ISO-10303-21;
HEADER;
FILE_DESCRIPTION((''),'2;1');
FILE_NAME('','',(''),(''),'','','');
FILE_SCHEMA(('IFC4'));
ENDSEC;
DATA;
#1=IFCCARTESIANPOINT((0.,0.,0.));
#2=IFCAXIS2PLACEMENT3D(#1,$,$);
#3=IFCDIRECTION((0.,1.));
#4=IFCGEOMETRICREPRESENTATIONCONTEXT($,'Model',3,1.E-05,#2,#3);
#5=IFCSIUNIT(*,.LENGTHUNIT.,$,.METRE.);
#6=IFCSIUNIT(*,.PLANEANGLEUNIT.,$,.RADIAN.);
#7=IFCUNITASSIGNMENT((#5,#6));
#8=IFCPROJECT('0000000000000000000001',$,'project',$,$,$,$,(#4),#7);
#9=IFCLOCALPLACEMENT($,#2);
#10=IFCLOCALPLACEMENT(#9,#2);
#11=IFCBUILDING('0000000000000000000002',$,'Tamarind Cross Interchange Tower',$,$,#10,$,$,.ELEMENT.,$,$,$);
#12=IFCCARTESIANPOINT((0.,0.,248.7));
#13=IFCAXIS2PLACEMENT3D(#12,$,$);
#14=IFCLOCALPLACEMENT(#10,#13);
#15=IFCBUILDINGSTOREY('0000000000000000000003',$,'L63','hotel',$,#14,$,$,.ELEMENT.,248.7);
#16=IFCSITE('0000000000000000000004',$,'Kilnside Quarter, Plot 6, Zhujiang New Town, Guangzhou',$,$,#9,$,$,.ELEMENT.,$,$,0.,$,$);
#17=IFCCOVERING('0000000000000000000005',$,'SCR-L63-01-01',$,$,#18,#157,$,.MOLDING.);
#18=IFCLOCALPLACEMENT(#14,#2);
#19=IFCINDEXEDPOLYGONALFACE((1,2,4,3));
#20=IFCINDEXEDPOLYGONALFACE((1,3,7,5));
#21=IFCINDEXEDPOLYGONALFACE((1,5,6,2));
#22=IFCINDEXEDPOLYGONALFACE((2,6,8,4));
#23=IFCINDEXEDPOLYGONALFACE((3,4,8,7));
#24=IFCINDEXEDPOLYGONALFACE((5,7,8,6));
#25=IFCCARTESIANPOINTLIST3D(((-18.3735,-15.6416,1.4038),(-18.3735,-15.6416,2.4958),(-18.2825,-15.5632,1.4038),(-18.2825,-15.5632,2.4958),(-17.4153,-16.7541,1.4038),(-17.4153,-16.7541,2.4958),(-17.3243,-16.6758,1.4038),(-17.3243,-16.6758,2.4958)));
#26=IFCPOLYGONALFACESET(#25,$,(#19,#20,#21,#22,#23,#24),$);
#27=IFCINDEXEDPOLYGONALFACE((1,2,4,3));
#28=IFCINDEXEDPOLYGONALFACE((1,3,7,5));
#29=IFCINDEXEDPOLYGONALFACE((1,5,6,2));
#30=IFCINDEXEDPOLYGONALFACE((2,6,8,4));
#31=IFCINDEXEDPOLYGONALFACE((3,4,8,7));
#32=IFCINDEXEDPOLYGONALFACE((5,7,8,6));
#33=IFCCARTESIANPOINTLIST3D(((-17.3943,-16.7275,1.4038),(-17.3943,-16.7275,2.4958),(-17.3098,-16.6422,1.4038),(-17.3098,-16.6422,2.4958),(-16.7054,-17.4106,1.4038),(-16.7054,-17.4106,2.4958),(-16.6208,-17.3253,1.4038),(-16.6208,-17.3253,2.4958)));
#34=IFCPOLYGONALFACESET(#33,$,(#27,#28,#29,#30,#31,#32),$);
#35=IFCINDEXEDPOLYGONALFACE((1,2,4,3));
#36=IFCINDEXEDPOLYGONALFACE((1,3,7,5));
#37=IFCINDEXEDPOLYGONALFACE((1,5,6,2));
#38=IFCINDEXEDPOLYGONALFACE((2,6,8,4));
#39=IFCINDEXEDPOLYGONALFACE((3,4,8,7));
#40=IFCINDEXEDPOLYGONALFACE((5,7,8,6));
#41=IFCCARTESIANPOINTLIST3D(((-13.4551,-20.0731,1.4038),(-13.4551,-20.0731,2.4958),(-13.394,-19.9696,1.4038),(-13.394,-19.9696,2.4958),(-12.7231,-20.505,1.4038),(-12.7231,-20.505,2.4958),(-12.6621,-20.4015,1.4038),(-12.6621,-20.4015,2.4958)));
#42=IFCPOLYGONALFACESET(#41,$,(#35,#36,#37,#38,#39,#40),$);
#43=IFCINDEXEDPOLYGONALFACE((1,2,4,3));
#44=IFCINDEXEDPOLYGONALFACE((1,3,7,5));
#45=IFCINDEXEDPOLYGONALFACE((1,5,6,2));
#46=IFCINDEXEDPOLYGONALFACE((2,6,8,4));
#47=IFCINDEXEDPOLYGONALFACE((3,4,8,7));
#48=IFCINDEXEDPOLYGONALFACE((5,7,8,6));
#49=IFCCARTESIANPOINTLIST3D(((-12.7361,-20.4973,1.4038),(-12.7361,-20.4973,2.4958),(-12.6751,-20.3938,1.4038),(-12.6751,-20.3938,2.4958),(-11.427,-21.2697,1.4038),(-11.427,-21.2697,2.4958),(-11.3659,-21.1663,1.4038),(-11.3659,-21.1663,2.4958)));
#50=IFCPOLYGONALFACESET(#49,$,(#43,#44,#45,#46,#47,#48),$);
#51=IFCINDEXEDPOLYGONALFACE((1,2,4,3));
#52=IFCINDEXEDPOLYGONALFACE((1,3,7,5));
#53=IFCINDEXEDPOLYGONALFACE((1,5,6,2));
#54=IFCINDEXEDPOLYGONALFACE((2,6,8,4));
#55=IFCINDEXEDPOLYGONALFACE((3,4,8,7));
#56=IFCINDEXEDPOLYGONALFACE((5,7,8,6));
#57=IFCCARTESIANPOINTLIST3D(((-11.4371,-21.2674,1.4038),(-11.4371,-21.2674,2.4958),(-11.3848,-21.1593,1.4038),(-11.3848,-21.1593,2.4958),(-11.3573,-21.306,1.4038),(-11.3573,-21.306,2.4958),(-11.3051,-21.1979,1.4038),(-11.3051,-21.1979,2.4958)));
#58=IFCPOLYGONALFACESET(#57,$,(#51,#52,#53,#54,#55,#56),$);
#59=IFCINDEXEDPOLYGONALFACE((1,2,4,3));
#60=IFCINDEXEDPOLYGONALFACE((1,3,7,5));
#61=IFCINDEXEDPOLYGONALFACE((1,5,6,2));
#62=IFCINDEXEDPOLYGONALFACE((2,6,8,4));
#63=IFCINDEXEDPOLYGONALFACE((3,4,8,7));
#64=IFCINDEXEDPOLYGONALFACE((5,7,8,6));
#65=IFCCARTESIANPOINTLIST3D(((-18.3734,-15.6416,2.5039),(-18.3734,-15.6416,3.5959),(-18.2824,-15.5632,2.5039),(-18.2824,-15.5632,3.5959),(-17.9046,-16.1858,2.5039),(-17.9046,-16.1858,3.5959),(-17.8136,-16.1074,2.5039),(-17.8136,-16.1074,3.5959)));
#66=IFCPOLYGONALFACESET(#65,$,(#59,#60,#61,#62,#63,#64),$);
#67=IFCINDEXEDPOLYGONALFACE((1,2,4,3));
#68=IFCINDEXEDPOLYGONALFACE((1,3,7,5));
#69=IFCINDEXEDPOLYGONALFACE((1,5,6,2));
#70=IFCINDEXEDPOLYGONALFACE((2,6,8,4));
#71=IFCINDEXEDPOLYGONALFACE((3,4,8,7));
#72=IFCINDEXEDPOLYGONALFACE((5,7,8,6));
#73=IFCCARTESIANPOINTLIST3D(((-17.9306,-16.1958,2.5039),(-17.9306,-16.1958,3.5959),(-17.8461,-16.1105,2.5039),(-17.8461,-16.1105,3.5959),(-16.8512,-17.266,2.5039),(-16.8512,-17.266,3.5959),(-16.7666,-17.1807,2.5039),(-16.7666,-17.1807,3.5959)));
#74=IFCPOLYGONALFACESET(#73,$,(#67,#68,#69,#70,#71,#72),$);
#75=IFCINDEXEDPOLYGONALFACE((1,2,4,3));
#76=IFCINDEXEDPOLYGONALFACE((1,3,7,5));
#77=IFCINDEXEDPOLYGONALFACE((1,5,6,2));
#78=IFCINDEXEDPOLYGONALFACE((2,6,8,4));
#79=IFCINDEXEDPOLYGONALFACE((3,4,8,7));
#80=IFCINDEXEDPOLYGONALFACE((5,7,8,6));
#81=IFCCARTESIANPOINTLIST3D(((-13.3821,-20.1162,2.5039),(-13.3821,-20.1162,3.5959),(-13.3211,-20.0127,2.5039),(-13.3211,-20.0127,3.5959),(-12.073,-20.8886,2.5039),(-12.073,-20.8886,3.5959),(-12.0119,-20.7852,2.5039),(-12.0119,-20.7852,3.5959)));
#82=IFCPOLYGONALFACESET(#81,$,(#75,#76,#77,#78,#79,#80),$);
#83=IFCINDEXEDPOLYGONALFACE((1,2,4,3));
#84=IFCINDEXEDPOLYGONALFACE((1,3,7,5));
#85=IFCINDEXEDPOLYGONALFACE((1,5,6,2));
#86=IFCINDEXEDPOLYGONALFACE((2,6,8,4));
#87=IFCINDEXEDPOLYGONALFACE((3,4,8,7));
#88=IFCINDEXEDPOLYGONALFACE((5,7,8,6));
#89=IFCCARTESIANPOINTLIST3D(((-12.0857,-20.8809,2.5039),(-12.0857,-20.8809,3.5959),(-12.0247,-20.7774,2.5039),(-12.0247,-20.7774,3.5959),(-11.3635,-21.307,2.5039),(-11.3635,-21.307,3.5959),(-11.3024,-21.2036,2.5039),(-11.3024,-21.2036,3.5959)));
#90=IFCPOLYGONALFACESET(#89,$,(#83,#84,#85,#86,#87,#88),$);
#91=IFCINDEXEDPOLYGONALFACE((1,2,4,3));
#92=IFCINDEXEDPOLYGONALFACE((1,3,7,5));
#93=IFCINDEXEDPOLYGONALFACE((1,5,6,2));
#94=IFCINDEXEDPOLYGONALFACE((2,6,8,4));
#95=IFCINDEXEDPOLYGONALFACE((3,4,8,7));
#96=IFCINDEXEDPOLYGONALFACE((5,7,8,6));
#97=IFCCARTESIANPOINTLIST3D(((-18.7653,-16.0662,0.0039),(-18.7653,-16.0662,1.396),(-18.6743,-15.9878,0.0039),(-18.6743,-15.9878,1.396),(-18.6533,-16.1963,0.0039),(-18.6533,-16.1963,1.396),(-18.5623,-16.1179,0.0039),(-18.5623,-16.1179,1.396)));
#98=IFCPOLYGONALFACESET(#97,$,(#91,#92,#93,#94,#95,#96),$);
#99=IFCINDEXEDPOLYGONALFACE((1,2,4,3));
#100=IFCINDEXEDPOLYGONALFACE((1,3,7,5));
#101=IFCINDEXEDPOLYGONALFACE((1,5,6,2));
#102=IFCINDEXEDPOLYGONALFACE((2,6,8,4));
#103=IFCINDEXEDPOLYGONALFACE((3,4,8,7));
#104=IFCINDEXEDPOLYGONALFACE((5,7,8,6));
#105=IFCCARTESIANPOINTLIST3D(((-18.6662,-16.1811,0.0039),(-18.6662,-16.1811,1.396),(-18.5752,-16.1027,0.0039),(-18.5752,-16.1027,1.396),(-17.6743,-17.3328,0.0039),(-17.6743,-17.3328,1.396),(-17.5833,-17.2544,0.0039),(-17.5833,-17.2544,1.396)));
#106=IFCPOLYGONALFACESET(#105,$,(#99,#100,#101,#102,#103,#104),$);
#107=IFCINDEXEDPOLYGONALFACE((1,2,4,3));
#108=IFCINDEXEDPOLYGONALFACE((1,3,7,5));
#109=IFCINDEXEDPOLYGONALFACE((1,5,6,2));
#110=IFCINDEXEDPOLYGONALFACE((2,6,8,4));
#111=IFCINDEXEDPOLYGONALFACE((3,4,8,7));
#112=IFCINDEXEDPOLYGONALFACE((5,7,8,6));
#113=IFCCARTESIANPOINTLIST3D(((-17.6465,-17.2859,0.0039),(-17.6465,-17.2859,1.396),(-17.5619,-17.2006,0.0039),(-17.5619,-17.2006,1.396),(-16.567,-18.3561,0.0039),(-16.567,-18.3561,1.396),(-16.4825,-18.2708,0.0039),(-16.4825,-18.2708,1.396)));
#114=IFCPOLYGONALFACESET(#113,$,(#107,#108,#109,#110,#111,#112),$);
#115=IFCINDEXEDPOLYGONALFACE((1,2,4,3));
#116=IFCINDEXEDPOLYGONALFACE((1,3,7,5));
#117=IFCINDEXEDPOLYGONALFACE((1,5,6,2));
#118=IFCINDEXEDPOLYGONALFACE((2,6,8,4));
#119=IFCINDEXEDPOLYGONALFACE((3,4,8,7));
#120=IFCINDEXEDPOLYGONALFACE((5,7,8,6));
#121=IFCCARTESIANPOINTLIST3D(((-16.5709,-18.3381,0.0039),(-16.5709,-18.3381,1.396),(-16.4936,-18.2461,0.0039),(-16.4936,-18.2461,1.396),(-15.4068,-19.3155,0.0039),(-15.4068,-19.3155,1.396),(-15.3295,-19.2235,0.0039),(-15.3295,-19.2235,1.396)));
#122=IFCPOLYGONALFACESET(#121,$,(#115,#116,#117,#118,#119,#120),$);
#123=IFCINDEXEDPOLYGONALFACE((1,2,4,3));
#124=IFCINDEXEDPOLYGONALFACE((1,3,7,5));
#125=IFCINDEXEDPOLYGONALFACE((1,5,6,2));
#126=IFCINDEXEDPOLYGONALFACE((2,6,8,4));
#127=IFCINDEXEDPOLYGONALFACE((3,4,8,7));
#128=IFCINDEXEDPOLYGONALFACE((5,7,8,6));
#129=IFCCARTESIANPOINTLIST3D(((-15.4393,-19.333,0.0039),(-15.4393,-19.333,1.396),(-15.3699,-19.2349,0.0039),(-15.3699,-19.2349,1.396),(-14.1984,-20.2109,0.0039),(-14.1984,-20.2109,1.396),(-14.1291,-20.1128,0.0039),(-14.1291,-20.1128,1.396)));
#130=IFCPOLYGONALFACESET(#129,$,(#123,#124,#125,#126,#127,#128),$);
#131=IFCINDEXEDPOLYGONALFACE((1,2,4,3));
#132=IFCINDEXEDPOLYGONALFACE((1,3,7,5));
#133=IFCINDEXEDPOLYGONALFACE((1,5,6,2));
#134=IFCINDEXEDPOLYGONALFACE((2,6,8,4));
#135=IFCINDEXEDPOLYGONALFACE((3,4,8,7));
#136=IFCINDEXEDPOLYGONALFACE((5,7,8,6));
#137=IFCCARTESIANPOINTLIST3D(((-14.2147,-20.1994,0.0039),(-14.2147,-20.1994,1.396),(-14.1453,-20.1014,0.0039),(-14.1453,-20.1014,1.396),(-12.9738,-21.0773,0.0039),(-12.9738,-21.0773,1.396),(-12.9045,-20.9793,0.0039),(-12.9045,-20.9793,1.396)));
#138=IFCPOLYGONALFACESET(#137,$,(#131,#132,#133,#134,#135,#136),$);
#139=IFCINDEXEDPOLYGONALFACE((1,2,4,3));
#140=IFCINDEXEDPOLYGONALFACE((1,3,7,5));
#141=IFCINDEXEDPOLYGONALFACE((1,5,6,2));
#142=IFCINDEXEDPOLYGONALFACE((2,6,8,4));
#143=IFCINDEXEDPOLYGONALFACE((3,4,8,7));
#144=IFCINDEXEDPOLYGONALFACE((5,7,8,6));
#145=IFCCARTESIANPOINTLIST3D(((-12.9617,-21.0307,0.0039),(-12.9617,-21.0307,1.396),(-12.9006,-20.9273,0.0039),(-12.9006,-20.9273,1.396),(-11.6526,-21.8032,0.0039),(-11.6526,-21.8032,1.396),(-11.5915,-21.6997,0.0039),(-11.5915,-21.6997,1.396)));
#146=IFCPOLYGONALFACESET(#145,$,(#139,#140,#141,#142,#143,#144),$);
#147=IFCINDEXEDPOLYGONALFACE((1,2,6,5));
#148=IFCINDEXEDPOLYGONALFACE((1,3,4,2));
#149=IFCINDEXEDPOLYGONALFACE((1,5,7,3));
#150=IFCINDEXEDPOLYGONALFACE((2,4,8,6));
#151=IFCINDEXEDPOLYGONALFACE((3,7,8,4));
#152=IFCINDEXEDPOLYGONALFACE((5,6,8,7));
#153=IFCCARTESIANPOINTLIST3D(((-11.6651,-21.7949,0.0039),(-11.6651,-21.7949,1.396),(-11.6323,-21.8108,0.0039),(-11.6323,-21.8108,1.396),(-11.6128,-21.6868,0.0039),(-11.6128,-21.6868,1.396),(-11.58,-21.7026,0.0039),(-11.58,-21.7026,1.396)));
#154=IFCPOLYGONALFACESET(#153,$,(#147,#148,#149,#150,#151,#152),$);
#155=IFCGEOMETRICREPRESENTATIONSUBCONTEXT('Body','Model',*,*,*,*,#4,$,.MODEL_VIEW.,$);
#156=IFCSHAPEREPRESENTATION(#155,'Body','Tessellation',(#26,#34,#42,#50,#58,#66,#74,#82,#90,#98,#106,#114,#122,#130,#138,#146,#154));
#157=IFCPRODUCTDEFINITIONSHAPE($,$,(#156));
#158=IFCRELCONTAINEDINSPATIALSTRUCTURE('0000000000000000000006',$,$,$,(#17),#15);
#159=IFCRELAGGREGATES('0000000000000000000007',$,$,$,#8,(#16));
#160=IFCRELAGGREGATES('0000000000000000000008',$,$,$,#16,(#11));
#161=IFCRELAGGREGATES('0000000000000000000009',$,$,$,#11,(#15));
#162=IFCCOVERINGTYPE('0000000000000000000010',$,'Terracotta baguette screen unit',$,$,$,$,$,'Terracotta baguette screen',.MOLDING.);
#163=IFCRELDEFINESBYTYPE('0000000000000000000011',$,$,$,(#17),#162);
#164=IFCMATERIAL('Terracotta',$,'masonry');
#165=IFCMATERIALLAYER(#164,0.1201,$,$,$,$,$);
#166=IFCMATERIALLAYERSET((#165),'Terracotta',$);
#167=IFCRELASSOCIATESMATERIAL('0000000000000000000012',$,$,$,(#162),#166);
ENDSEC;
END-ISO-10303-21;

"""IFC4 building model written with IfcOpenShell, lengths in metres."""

from ifc_helpers import new_model, si_unit, direction, frame, origin, origin_2d, place, context, subcontext, project, spatial, rectangle, extrude, material, layer, layer_set, type_object, element, save


model = new_model("IFC4")

# Units and contexts
model_context = context("Model", 3, precision=1e-05, world=origin(), true_north=direction((0.0, 1.0)))
body_context = subcontext(model_context, "Body", "Model", "MODEL_VIEW")
ifc_project = project(units=[si_unit("LENGTHUNIT", "METRE"), si_unit("PLANEANGLEUNIT", "RADIAN")], contexts=[model_context])

# Site, building, storey
site_placement = place(None, origin())
site = spatial("IfcSite", under=ifc_project, at=site_placement, Name="Kilnside Quarter, Plot 6, Zhujiang New Town, Guangzhou", CompositionType="ELEMENT", RefElevation=0.0)
building_placement = place(site_placement, origin())
building = spatial("IfcBuilding", under=site, at=building_placement, Name="Tamarind Cross Interchange Tower", CompositionType="ELEMENT")
storey_placement = place(building_placement, frame((0.0, 0.0, 248.7)))
storey = spatial("IfcBuildingStorey", under=building, at=storey_placement, Name="L63", Description="hotel", CompositionType="ELEMENT", Elevation=248.7)

# Covering
ifc_material_1 = material(Name="Terracotta", Category="masonry")
ifc_layer_1 = layer(ifc_material_1, 0.1201)
ifc_layer_set_1 = layer_set([ifc_layer_1], Name="Terracotta")
covering_type = type_object("IfcCoveringType", Name="Terracotta baguette screen unit", ElementType="Terracotta baguette screen", PredefinedType="MOLDING", material=ifc_layer_set_1)
covering_1_placement = place(storey_placement, origin())
element("IfcCovering", 1, at=covering_1_placement, inside=storey, type_object=covering_type, Name="SCR-L63-01-01", PredefinedType="MOLDING", context=body_context, shape_type="SweptSolid", body=[
    extrude(rectangle(XDim=1.4683, YDim=0.1201, at=origin_2d()), frame((-17.8489, -16.1587, 1.4038), z_axis=(0.0, 0.0, 1.0), x_axis=(0.652588, -0.757713, 0.0)), (0.0, 0.0, 1.0), 1.092),
    extrude(rectangle(XDim=0.9702, YDim=0.1201, at=origin_2d()), frame((-17.0076, -17.0264, 1.4038), z_axis=(0.0, 0.0, 1.0), x_axis=(0.710143, -0.704057, 0.0)), (0.0, 0.0, 1.0), 1.092),
    extrude(rectangle(XDim=0.8499, YDim=0.1201, at=origin_2d()), frame((-13.0586, -20.2373, 1.4038), z_axis=(0.0, 0.0, 1.0), x_axis=(0.861249, -0.508183, 0.0)), (0.0, 0.0, 1.0), 1.092),
    extrude(rectangle(XDim=1.52, YDim=0.1201, at=origin_2d()), frame((-12.051, -20.8318, 1.4038), z_axis=(0.0, 0.0, 1.0), x_axis=(0.861249, -0.508183, 0.0)), (0.0, 0.0, 1.0), 1.092),
    extrude(rectangle(XDim=0.0886, YDim=0.1201, at=origin_2d()), frame((-11.3711, -21.2327, 1.4038), z_axis=(0.0, 0.0, 1.0), x_axis=(0.900273, -0.435326, 0.0)), (0.0, 0.0, 1.0), 1.092),
    extrude(rectangle(XDim=0.7183, YDim=0.1201, at=origin_2d()), frame((-18.0935, -15.8745, 2.5039), z_axis=(0.0, 0.0, 1.0), x_axis=(0.652588, -0.757713, 0.0)), (0.0, 0.0, 1.0), 1.092),
    extrude(rectangle(XDim=1.52, YDim=0.1201, at=origin_2d()), frame((-17.3486, -16.6882, 2.5039), z_axis=(0.0, 0.0, 1.0), x_axis=(0.710143, -0.704057, 0.0)), (0.0, 0.0, 1.0), 1.092),
    extrude(rectangle(XDim=1.52, YDim=0.1201, at=origin_2d()), frame((-12.697, -20.4507, 2.5039), z_axis=(0.0, 0.0, 1.0), x_axis=(0.861249, -0.508183, 0.0)), (0.0, 0.0, 1.0), 1.092),
    extrude(rectangle(XDim=0.8386, YDim=0.1201, at=origin_2d()), frame((-11.6941, -21.0422, 2.5039), z_axis=(0.0, 0.0, 1.0), x_axis=(0.861249, -0.508183, 0.0)), (0.0, 0.0, 1.0), 1.092),
    extrude(rectangle(XDim=0.1716, YDim=0.1201, at=origin_2d()), frame((-18.6638, -16.092, 0.0039), z_axis=(0.0, 0.0, 1.0), x_axis=(0.652588, -0.757713, 0.0)), (0.0, 0.0, 1.0), 1.3921),
    extrude(rectangle(XDim=1.52, YDim=0.1201, at=origin_2d()), frame((-18.1248, -16.7178, 0.0039), z_axis=(0.0, 0.0, 1.0), x_axis=(0.652588, -0.757713, 0.0)), (0.0, 0.0, 1.0), 1.3921),
    extrude(rectangle(XDim=1.52, YDim=0.1201, at=origin_2d()), frame((-17.0645, -17.7783, 0.0039), z_axis=(0.0, 0.0, 1.0), x_axis=(0.710143, -0.704057, 0.0)), (0.0, 0.0, 1.0), 1.3921),
    extrude(rectangle(XDim=1.52, YDim=0.1201, at=origin_2d()), frame((-15.9502, -18.7808, 0.0039), z_axis=(0.0, 0.0, 1.0), x_axis=(0.765858, -0.643009, 0.0)), (0.0, 0.0, 1.0), 1.3921),
    extrude(rectangle(XDim=1.52, YDim=0.1201, at=origin_2d()), frame((-14.7842, -19.7229, 0.0039), z_axis=(0.0, 0.0, 1.0), x_axis=(0.816342, -0.577569, 0.0)), (0.0, 0.0, 1.0), 1.3921),
    extrude(rectangle(XDim=1.52, YDim=0.1201, at=origin_2d()), frame((-13.5596, -20.5894, 0.0039), z_axis=(0.0, 0.0, 1.0), x_axis=(0.816342, -0.577569, 0.0)), (0.0, 0.0, 1.0), 1.3921),
    extrude(rectangle(XDim=1.52, YDim=0.1201, at=origin_2d()), frame((-12.2766, -21.3652, 0.0039), z_axis=(0.0, 0.0, 1.0), x_axis=(0.861249, -0.508183, 0.0)), (0.0, 0.0, 1.0), 1.3921),
    extrude(rectangle(XDim=0.0364, YDim=0.1201, at=origin_2d()), frame((-11.6226, -21.7488, 0.0039), z_axis=(0.0, 0.0, 1.0), x_axis=(0.900273, -0.435326, 0.0)), (0.0, 0.0, 1.0), 1.3921),
])

save(model, "model.ifc")
